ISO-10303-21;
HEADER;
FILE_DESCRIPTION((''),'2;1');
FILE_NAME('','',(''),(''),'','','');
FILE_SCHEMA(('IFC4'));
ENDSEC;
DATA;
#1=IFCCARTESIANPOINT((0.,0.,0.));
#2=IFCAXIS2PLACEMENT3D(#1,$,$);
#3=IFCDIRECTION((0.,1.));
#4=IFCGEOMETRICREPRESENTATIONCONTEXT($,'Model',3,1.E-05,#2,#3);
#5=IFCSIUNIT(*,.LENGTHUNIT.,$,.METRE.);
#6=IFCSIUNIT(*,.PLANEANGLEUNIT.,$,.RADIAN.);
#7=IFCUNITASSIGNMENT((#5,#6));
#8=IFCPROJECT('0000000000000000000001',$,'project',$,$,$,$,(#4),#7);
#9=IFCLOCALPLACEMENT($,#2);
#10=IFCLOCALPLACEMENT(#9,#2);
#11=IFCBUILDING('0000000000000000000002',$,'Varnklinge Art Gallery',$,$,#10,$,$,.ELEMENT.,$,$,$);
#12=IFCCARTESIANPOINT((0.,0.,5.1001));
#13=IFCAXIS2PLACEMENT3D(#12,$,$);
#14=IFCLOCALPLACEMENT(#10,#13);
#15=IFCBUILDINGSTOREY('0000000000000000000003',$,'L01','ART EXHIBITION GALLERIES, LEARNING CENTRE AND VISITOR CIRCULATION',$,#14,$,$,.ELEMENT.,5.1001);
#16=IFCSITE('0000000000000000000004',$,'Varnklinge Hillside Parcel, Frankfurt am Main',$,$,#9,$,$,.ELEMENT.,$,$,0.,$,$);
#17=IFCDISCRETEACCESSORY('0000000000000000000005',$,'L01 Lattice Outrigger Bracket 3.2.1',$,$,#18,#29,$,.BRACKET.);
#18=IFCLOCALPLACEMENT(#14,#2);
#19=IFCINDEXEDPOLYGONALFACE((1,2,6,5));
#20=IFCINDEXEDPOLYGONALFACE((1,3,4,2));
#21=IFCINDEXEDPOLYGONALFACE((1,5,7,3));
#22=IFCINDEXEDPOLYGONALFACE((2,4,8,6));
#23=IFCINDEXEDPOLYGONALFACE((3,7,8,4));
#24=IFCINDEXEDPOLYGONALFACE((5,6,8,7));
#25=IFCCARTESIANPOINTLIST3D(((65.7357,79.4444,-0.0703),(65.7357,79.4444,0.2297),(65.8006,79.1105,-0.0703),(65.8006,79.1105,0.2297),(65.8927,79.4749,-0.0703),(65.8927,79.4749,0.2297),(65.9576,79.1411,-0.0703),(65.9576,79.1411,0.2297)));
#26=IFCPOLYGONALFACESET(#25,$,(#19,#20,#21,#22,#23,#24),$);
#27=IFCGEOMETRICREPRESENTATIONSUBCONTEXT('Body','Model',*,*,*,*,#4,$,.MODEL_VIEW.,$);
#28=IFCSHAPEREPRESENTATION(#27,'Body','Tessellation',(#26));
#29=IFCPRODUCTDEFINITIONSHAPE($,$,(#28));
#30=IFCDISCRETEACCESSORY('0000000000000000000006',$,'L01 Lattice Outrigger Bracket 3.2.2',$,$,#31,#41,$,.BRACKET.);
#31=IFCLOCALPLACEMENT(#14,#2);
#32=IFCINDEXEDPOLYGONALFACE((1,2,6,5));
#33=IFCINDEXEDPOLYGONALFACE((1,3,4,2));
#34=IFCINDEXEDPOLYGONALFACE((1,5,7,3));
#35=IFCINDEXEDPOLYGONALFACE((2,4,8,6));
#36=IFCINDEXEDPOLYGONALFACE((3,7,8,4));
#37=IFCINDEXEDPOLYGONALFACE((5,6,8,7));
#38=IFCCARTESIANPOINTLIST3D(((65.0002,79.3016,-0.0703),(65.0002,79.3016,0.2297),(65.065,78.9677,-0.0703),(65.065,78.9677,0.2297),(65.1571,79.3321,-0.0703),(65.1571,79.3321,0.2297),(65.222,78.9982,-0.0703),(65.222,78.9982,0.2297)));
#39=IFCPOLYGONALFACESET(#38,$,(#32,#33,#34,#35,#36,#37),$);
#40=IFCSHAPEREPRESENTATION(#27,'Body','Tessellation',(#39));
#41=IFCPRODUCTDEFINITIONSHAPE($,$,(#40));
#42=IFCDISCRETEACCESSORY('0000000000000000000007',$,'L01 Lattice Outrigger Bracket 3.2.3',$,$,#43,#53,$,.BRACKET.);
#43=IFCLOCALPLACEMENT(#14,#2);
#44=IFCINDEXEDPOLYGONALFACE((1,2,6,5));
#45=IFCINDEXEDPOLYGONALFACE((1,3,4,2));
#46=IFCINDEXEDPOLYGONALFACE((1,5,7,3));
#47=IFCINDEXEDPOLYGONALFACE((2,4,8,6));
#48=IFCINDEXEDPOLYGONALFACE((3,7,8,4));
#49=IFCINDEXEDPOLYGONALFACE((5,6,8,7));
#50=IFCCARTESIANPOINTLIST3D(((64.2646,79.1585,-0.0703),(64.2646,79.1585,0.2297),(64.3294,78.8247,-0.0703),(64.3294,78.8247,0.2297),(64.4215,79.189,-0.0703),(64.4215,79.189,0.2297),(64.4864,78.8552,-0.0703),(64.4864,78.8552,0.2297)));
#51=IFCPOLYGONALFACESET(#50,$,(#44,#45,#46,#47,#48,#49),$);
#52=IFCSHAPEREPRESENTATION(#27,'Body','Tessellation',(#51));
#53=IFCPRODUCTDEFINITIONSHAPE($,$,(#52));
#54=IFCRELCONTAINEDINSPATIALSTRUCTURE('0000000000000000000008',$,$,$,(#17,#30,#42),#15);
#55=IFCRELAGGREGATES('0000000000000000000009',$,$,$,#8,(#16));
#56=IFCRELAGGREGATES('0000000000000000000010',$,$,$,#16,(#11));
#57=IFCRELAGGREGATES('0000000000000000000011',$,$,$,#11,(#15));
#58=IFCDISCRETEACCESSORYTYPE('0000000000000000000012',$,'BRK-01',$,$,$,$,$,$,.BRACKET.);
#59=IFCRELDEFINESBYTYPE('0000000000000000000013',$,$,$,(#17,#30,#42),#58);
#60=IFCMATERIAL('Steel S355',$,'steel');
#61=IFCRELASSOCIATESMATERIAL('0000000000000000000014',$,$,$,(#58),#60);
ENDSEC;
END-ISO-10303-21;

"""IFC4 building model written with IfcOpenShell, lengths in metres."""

from ifc_helpers import new_model, si_unit, direction, frame, origin, origin_2d, place, context, subcontext, project, spatial, rectangle, extrude, material, type_object, element, save


model = new_model("IFC4")

# Units and contexts
model_context = context("Model", 3, precision=1e-05, world=origin(), true_north=direction((0.0, 1.0)))
body_context = subcontext(model_context, "Body", "Model", "MODEL_VIEW")
ifc_project = project(units=[si_unit("LENGTHUNIT", "METRE"), si_unit("PLANEANGLEUNIT", "RADIAN")], contexts=[model_context])

# Site, building, storey
site_placement = place(None, origin())
site = spatial("IfcSite", under=ifc_project, at=site_placement, Name="Varnklinge Hillside Parcel, Frankfurt am Main", CompositionType="ELEMENT", RefElevation=0.0)
building_placement = place(site_placement, origin())
building = spatial("IfcBuilding", under=site, at=building_placement, Name="Varnklinge Art Gallery", CompositionType="ELEMENT")
storey_placement = place(building_placement, frame((0.0, 0.0, 5.1001)))
storey = spatial("IfcBuildingStorey", under=building, at=storey_placement, Name="L01", Description="ART EXHIBITION GALLERIES, LEARNING CENTRE AND VISITOR CIRCULATION", CompositionType="ELEMENT", Elevation=5.1001)

# Discrete accessories
ifc_material_1 = material(Name="Steel S355", Category="steel")
discrete_accessory_type = type_object("IfcDiscreteAccessoryType", Name="BRK-01", PredefinedType="BRACKET", material=ifc_material_1)
for number, where, z_axis, x_axis, name in (
    (1, (65.8467, 79.2927, -0.0703), (0.0, 0.0, 1.0), (-0.981627, -0.190809, 0.0), "L01 Lattice Outrigger Bracket 3.2.1"),
    (2, (65.1111, 79.1499, -0.0703), (0.0, 0.0, 1.0), (-0.981627, -0.190809, 0.0), "L01 Lattice Outrigger Bracket 3.2.2"),
    (3, (64.3755, 79.0068, -0.0703), (0.0, 0.0, 1.0), (-0.981627, -0.190809, 0.0), "L01 Lattice Outrigger Bracket 3.2.3"),
):
    element("IfcDiscreteAccessory", number, at=place(storey_placement, frame(where, z_axis=z_axis, x_axis=x_axis)), inside=storey, type_object=discrete_accessory_type, Name=name, PredefinedType="BRACKET", context=body_context, shape_type="SweptSolid", body=[
        extrude(rectangle(XDim=0.1599, YDim=0.3401, at=origin_2d()), origin(), (0.0, 0.0, 1.0), 0.3),
    ])

save(model, "model.ifc")
